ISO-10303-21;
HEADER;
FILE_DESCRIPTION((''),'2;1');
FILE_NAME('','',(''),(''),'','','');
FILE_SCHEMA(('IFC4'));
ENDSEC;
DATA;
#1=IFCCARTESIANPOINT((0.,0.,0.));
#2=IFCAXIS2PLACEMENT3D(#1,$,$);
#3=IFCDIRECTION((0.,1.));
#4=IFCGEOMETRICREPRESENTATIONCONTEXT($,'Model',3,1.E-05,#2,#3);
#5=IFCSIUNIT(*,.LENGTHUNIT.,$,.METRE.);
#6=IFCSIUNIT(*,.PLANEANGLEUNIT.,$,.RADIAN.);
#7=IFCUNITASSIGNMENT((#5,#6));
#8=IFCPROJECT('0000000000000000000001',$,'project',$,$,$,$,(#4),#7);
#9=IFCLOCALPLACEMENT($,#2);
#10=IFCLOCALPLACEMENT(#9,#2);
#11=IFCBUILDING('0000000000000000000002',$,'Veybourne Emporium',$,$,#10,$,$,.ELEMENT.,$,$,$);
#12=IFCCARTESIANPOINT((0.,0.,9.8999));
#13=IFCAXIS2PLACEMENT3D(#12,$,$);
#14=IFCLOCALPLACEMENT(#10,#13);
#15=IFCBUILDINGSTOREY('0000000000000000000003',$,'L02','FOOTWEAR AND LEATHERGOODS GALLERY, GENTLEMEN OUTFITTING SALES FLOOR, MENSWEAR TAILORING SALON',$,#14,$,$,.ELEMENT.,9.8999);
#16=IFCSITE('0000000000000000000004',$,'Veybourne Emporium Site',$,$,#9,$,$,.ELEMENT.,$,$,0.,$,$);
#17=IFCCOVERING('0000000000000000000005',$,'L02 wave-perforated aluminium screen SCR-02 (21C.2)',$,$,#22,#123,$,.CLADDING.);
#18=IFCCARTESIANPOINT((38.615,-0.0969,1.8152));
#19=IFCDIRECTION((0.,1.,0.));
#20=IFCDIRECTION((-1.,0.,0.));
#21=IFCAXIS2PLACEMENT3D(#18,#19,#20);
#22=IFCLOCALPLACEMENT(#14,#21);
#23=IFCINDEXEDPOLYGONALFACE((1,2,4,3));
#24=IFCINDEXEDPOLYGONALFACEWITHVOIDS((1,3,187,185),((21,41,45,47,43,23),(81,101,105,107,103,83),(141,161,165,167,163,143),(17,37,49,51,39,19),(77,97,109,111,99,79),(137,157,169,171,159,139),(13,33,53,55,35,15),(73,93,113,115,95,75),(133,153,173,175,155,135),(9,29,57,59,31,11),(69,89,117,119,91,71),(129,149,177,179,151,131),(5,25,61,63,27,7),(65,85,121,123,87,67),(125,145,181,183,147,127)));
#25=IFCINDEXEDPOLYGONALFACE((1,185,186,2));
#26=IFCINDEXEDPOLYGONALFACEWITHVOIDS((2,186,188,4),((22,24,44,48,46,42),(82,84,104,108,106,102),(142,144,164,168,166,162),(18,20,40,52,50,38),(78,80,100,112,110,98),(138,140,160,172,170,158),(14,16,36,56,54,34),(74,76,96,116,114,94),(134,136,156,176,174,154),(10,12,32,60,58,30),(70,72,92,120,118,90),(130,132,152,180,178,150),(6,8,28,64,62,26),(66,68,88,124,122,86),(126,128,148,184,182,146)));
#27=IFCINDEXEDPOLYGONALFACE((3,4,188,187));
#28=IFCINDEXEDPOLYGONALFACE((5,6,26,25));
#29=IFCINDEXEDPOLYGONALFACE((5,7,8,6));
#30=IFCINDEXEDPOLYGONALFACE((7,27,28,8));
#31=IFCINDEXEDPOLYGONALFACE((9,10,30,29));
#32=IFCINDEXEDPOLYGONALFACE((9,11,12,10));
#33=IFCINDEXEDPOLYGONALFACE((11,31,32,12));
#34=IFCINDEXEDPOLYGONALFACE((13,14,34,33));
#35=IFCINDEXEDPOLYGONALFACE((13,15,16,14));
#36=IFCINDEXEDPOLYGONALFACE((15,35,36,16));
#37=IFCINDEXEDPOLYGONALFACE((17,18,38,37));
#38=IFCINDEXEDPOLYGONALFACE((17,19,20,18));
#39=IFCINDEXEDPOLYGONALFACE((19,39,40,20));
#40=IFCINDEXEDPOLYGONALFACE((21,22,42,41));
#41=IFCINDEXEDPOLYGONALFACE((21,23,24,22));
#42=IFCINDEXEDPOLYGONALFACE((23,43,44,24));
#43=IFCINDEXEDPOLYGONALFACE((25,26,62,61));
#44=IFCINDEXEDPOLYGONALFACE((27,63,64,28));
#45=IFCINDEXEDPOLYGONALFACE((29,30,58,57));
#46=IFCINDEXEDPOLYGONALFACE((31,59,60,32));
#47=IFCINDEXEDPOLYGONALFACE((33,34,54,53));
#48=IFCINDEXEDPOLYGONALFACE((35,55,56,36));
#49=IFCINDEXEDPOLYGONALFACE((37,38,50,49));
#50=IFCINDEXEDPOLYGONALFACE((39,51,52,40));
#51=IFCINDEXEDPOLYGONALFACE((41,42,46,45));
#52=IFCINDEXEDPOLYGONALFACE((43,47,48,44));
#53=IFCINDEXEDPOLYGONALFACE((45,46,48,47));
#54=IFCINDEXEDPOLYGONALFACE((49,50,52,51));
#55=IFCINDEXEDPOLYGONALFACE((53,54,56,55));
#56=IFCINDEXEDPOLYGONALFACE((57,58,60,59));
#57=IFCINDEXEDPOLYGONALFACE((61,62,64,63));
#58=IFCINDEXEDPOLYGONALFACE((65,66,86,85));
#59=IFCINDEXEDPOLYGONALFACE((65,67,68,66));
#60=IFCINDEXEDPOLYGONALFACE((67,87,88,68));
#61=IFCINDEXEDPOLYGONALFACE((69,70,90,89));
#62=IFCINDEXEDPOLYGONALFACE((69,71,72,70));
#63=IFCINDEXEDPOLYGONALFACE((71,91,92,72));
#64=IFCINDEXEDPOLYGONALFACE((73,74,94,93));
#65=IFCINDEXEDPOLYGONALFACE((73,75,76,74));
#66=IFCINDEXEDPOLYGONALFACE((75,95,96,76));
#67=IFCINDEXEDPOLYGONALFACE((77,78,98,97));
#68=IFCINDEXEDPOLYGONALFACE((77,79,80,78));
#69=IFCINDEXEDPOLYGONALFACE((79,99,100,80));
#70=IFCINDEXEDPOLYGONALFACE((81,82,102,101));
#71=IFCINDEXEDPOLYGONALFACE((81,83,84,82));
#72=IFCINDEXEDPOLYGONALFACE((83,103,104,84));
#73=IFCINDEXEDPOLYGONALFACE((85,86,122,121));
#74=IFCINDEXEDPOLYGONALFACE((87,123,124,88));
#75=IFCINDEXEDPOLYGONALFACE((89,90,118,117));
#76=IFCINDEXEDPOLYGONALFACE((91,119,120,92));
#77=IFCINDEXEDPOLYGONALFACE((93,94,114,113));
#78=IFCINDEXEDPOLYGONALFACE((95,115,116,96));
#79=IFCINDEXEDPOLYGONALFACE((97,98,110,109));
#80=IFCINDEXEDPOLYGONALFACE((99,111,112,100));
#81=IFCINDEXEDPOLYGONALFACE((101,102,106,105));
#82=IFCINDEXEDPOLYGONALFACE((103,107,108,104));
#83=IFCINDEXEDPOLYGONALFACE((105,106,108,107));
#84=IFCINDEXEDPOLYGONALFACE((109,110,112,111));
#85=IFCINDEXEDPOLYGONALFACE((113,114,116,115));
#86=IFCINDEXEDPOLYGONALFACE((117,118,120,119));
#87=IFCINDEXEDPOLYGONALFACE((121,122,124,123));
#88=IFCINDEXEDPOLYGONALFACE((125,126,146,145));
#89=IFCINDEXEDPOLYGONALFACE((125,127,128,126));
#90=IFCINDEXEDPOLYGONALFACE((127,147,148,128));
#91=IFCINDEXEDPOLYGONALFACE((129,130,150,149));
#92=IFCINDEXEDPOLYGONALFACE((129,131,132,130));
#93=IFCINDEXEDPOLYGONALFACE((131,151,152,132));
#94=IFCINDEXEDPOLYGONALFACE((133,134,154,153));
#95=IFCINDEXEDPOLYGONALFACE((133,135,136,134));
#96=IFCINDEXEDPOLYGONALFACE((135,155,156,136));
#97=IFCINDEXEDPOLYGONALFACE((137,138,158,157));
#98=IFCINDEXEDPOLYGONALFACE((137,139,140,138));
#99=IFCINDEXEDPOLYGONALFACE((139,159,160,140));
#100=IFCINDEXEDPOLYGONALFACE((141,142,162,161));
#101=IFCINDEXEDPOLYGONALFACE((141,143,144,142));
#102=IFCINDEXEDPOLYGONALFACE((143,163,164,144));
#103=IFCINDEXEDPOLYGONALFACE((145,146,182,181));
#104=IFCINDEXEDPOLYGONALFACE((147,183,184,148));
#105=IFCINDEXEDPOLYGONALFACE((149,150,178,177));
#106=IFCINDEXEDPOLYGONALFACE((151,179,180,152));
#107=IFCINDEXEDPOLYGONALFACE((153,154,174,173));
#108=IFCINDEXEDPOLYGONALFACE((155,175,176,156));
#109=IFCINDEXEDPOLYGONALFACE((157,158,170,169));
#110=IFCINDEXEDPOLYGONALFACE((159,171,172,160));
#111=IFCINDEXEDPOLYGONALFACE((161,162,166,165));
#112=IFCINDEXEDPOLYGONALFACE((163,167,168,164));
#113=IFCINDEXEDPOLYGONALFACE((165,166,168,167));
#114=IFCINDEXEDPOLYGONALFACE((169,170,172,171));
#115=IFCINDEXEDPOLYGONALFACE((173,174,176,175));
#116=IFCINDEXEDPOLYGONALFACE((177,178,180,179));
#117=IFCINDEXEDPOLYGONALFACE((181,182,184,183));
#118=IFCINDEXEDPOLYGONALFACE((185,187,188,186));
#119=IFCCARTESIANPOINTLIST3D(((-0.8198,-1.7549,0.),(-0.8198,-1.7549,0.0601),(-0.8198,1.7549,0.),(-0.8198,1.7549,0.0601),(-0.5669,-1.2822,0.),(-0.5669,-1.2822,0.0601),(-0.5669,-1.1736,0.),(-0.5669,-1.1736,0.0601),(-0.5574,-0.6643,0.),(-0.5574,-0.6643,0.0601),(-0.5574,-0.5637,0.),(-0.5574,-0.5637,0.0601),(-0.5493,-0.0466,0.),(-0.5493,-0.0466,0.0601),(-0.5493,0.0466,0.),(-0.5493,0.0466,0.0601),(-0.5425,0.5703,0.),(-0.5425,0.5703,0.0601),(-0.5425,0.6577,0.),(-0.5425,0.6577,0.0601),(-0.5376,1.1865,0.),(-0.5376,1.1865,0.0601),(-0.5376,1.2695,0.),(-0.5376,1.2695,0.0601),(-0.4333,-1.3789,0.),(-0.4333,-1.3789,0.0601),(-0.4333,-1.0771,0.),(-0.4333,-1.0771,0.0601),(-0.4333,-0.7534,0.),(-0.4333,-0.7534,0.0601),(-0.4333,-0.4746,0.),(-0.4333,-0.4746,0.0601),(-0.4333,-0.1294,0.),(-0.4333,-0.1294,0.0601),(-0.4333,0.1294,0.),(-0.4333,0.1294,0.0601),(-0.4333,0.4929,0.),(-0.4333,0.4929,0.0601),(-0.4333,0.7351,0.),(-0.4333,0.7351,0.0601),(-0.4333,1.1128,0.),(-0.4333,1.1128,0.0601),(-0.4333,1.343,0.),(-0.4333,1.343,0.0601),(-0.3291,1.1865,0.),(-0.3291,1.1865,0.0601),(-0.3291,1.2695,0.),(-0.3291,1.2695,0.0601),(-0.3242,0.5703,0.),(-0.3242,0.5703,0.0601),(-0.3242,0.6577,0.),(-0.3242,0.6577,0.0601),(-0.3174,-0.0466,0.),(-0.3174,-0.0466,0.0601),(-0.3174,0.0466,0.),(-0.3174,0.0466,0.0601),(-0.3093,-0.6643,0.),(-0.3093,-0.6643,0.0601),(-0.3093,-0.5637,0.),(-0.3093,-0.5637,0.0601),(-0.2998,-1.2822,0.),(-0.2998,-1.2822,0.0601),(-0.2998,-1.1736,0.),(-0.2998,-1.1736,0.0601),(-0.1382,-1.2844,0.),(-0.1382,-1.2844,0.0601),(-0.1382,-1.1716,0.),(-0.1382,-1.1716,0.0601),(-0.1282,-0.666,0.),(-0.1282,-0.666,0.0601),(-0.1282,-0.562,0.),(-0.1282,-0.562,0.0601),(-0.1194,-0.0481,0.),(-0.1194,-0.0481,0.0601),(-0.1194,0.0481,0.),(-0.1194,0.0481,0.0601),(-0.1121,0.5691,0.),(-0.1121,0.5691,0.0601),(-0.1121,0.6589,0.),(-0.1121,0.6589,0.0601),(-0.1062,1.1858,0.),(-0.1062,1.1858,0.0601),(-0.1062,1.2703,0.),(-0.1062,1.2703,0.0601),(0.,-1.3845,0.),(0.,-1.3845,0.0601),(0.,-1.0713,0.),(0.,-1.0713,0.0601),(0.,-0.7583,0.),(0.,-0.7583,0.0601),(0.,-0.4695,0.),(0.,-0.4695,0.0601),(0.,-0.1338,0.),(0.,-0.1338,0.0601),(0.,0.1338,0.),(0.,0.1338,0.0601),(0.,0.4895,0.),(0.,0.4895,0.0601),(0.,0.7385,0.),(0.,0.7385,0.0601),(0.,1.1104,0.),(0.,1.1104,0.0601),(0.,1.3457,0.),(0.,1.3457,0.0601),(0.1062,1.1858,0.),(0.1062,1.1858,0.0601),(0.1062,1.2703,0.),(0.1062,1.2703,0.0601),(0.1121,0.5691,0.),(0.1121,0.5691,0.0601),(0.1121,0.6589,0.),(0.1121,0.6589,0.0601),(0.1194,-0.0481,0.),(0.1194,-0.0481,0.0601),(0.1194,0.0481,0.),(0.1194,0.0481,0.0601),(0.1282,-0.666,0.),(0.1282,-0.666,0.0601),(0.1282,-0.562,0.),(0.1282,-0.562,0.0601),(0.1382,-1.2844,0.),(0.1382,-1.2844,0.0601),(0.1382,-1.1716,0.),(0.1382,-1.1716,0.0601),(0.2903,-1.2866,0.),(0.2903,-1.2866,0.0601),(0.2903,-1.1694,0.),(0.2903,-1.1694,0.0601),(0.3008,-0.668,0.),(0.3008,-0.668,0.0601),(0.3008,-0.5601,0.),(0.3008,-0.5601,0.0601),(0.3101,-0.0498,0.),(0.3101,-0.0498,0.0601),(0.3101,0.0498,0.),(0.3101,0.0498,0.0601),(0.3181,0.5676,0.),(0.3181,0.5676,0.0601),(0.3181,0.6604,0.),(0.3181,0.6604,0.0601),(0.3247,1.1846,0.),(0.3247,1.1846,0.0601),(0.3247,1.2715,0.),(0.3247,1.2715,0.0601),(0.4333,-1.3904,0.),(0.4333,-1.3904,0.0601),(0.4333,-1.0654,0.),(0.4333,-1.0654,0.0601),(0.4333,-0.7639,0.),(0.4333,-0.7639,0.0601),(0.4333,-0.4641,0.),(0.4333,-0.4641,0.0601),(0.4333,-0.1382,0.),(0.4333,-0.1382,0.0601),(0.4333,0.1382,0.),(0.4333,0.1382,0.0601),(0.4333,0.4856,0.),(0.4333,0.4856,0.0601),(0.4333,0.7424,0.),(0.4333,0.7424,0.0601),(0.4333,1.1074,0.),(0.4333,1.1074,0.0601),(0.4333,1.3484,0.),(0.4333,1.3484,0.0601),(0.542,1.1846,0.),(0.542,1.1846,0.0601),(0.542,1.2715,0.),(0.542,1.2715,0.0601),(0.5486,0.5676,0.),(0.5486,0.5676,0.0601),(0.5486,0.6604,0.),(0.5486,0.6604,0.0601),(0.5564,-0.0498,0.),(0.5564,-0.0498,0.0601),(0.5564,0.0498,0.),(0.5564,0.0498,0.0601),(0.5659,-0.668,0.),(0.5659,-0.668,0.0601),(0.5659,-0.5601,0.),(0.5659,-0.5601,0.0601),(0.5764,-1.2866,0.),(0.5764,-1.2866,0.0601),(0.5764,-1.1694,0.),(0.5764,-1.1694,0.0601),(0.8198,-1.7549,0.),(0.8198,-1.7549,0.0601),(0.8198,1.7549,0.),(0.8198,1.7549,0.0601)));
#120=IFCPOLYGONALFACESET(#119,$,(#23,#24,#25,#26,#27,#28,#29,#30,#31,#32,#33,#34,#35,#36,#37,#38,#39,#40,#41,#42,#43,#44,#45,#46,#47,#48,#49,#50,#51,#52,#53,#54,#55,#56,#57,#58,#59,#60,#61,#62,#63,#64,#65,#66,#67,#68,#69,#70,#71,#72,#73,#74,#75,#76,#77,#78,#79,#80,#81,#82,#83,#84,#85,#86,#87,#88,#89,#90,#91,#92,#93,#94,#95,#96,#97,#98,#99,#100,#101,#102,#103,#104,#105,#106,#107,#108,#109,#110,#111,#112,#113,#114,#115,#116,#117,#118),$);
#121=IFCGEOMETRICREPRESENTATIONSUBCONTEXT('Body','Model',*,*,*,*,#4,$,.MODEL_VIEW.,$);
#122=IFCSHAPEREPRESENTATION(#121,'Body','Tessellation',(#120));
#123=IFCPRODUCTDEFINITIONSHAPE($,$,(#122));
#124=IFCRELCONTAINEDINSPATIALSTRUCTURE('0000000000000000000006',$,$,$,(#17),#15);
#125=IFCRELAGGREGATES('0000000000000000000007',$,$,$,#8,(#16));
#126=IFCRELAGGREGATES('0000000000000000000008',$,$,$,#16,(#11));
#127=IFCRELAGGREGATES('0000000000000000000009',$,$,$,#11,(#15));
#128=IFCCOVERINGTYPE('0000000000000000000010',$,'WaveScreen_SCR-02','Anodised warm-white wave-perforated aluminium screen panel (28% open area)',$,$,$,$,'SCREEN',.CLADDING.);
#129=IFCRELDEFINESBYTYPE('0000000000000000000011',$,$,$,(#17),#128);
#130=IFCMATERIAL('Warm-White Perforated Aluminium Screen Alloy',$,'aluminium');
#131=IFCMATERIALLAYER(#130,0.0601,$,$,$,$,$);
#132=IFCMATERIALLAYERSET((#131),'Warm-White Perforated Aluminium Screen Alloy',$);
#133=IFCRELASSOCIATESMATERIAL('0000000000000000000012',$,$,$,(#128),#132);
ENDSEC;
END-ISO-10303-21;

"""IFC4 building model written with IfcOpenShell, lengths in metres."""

from ifc_helpers import new_model, si_unit, direction, frame, origin, place, context, subcontext, project, spatial, polyline, outline, extrude, material, layer, layer_set, type_object, element, save


model = new_model("IFC4")

# Units and contexts
model_context = context("Model", 3, precision=1e-05, world=origin(), true_north=direction((0.0, 1.0)))
body_context = subcontext(model_context, "Body", "Model", "MODEL_VIEW")
ifc_project = project(units=[si_unit("LENGTHUNIT", "METRE"), si_unit("PLANEANGLEUNIT", "RADIAN")], contexts=[model_context])

# Site, building, storey
site_placement = place(None, origin())
site = spatial("IfcSite", under=ifc_project, at=site_placement, Name="Veybourne Emporium Site", CompositionType="ELEMENT", RefElevation=0.0)
building_placement = place(site_placement, origin())
building = spatial("IfcBuilding", under=site, at=building_placement, Name="Veybourne Emporium", CompositionType="ELEMENT")
storey_placement = place(building_placement, frame((0.0, 0.0, 9.8999)))
storey = spatial("IfcBuildingStorey", under=building, at=storey_placement, Name="L02", Description="FOOTWEAR AND LEATHERGOODS GALLERY, GENTLEMEN OUTFITTING SALES FLOOR, MENSWEAR TAILORING SALON", CompositionType="ELEMENT", Elevation=9.8999)

# Covering
ifc_material_1 = material(Name="Warm-White Perforated Aluminium Screen Alloy", Category="aluminium")
ifc_layer_1 = layer(ifc_material_1, 0.0601)
ifc_layer_set_1 = layer_set([ifc_layer_1], Name="Warm-White Perforated Aluminium Screen Alloy")
covering_type_1 = type_object("IfcCoveringType", Name="WaveScreen_SCR-02", Description="Anodised warm-white wave-perforated aluminium screen panel (28% open area)", ElementType="SCREEN", PredefinedType="CLADDING", material=ifc_layer_set_1)
covering_1_placement = place(storey_placement, frame((38.615, -0.0969, 1.8152), z_axis=(0.0, 1.0, 0.0), x_axis=(-1.0, 0.0, 0.0)))
element("IfcCovering", 1, at=covering_1_placement, inside=storey, type_object=covering_type_1, Name="L02 wave-perforated aluminium screen SCR-02 (21C.2)", PredefinedType="CLADDING", context=body_context, shape_type="SweptSolid", body=[
    extrude(outline(polyline([(-0.8198, -1.7549), (0.8198, -1.7549), (0.8198, 1.7549), (-0.8198, 1.7549), (-0.8198, -1.7549)]), holes=[polyline([(-0.4333, -1.0771), (-0.2998, -1.1736), (-0.2998, -1.2822), (-0.4333, -1.3789), (-0.5669, -1.2822), (-0.5669, -1.1736), (-0.4333, -1.0771)]), polyline([(-0.4333, -0.4746), (-0.3093, -0.5637), (-0.3093, -0.6643), (-0.4333, -0.7534), (-0.5574, -0.6643), (-0.5574, -0.5637), (-0.4333, -0.4746)]), polyline([(-0.4333, 0.1294), (-0.3174, 0.0466), (-0.3174, -0.0466), (-0.4333, -0.1294), (-0.5493, -0.0466), (-0.5493, 0.0466), (-0.4333, 0.1294)]), polyline([(-0.4333, 0.7351), (-0.3242, 0.6577), (-0.3242, 0.5703), (-0.4333, 0.4929), (-0.5425, 0.5703), (-0.5425, 0.6577), (-0.4333, 0.7351)]), polyline([(-0.4333, 1.343), (-0.3291, 1.2695), (-0.3291, 1.1865), (-0.4333, 1.1128), (-0.5376, 1.1865), (-0.5376, 1.2695), (-0.4333, 1.343)]), polyline([(0.0, -1.0713), (0.1382, -1.1716), (0.1382, -1.2844), (0.0, -1.3845), (-0.1382, -1.2844), (-0.1382, -1.1716), (0.0, -1.0713)]), polyline([(0.0, -0.4695), (0.1282, -0.562), (0.1282, -0.666), (0.0, -0.7583), (-0.1282, -0.666), (-0.1282, -0.562), (0.0, -0.4695)]), polyline([(0.0, 0.1338), (0.1194, 0.0481), (0.1194, -0.0481), (0.0, -0.1338), (-0.1194, -0.0481), (-0.1194, 0.0481), (0.0, 0.1338)]), polyline([(0.0, 0.7385), (0.1121, 0.6589), (0.1121, 0.5691), (0.0, 0.4895), (-0.1121, 0.5691), (-0.1121, 0.6589), (0.0, 0.7385)]), polyline([(0.0, 1.3457), (0.1062, 1.2703), (0.1062, 1.1858), (0.0, 1.1104), (-0.1062, 1.1858), (-0.1062, 1.2703), (0.0, 1.3457)]), polyline([(0.4333, -1.0654), (0.5764, -1.1694), (0.5764, -1.2866), (0.4333, -1.3904), (0.2903, -1.2866), (0.2903, -1.1694), (0.4333, -1.0654)]), polyline([(0.4333, -0.4641), (0.5659, -0.5601), (0.5659, -0.668), (0.4333, -0.7639), (0.3008, -0.668), (0.3008, -0.5601), (0.4333, -0.4641)]), polyline([(0.4333, 0.1382), (0.5564, 0.0498), (0.5564, -0.0498), (0.4333, -0.1382), (0.3101, -0.0498), (0.3101, 0.0498), (0.4333, 0.1382)]), polyline([(0.4333, 0.7424), (0.5486, 0.6604), (0.5486, 0.5676), (0.4333, 0.4856), (0.3181, 0.5676), (0.3181, 0.6604), (0.4333, 0.7424)]), polyline([(0.4333, 1.3484), (0.542, 1.2715), (0.542, 1.1846), (0.4333, 1.1074), (0.3247, 1.1846), (0.3247, 1.2715), (0.4333, 1.3484)])]), origin(), (0.0, 0.0, 1.0), 0.0601),
])

save(model, "model.ifc")
